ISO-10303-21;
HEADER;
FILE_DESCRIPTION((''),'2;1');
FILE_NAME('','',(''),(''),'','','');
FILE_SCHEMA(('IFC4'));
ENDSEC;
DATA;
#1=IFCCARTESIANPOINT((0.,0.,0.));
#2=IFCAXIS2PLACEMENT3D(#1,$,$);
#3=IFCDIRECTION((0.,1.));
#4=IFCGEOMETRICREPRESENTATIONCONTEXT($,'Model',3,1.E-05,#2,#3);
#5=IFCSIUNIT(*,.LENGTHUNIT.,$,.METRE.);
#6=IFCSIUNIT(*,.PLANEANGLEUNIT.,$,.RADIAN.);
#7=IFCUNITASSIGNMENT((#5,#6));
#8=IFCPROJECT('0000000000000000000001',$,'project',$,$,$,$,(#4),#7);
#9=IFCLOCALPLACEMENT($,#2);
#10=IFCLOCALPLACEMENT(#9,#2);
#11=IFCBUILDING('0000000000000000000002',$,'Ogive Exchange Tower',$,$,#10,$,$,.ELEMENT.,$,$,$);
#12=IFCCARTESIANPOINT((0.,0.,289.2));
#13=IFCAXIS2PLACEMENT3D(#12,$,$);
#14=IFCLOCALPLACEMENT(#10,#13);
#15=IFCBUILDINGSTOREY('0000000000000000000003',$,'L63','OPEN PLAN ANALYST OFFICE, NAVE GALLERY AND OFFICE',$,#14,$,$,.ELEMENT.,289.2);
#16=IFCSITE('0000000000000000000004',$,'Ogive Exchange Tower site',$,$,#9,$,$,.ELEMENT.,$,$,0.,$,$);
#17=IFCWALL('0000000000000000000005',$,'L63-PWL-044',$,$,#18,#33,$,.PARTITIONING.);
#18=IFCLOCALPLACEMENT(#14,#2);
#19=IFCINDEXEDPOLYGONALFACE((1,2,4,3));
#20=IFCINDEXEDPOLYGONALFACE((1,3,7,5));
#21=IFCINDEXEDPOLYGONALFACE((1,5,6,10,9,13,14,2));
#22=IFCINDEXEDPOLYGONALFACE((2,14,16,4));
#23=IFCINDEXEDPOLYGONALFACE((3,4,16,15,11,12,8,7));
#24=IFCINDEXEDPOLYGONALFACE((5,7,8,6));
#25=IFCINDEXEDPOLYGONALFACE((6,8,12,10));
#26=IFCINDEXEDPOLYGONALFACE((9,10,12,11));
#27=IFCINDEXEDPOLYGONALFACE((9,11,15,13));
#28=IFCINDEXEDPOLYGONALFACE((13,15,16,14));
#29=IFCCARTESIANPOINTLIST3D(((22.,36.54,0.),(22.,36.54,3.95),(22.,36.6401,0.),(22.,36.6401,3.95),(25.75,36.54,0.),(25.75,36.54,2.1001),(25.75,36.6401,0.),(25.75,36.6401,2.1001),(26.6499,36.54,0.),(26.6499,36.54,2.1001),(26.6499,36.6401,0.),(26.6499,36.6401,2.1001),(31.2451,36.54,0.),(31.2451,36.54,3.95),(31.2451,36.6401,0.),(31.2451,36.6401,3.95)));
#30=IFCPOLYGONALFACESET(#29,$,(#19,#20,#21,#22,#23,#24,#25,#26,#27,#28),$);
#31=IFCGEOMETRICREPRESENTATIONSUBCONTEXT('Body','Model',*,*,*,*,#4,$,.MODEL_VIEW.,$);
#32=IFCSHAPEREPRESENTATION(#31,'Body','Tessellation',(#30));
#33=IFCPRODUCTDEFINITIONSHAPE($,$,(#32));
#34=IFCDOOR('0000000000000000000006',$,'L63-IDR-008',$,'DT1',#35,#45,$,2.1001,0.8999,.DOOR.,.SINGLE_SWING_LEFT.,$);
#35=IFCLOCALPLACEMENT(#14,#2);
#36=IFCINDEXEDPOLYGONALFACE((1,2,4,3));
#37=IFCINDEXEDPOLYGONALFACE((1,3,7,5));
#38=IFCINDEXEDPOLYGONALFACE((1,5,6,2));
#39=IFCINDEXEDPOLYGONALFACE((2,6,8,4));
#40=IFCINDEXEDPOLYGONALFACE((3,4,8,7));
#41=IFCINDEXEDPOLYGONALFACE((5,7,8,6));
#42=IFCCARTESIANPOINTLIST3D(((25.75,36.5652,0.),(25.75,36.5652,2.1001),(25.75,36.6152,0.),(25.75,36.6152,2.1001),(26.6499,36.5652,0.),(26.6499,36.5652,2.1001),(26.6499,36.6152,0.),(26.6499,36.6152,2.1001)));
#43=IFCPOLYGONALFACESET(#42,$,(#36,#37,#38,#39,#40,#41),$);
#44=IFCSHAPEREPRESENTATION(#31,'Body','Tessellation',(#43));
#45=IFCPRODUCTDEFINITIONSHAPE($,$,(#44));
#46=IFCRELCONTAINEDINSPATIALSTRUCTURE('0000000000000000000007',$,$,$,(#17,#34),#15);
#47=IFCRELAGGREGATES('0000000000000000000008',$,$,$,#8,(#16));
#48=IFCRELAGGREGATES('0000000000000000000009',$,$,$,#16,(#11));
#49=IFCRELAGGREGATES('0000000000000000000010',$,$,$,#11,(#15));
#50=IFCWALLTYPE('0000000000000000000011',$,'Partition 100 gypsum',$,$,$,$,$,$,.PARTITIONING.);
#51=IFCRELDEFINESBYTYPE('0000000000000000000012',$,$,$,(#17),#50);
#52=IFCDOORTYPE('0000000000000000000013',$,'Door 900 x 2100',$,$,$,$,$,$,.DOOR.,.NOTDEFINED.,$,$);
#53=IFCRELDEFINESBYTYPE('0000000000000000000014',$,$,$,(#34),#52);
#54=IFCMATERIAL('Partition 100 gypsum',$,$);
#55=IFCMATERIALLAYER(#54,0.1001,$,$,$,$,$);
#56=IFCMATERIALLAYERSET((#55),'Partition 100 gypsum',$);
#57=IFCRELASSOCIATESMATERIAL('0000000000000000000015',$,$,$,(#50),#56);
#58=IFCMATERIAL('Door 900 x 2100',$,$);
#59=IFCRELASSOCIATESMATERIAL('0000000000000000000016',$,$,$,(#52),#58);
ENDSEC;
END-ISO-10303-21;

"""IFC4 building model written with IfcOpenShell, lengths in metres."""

from ifc_helpers import new_model, si_unit, direction, frame, frame_2d, origin, place, context, subcontext, project, spatial, rectangle, extrude, material, layer, layer_set, type_object, element, fill, save


model = new_model("IFC4")

# Units and contexts
model_context = context("Model", 3, precision=1e-05, world=origin(), true_north=direction((0.0, 1.0)))
body_context = subcontext(model_context, "Body", "Model", "MODEL_VIEW")
ifc_project = project(units=[si_unit("LENGTHUNIT", "METRE"), si_unit("PLANEANGLEUNIT", "RADIAN")], contexts=[model_context])

# Site, building, storey
site_placement = place(None, origin())
site = spatial("IfcSite", under=ifc_project, at=site_placement, Name="Ogive Exchange Tower site", CompositionType="ELEMENT", RefElevation=0.0)
building_placement = place(site_placement, origin())
building = spatial("IfcBuilding", under=site, at=building_placement, Name="Ogive Exchange Tower", CompositionType="ELEMENT")
storey_placement = place(building_placement, frame((0.0, 0.0, 289.2)))
storey = spatial("IfcBuildingStorey", under=building, at=storey_placement, Name="L63", Description="OPEN PLAN ANALYST OFFICE, NAVE GALLERY AND OFFICE", CompositionType="ELEMENT", Elevation=289.2)

# Shared definitions
ifc_material_1 = material(Name="Partition 100 gypsum")
ifc_layer_1 = layer(ifc_material_1, 0.1001)
ifc_layer_set_1 = layer_set([ifc_layer_1], Name="Partition 100 gypsum")
wall_type_1 = type_object("IfcWallType", Name="Partition 100 gypsum", PredefinedType="PARTITIONING", material=ifc_layer_set_1)

# Wall, opening, door
wall_1_placement = place(storey_placement, frame((22.0, 36.5901, 0.0), z_axis=(0.0, 0.0, 1.0), x_axis=(1.0, 0.0, 0.0)))
wall_1 = element("IfcWall", 1, at=wall_1_placement, inside=storey, type_object=wall_type_1, Name="L63-PWL-044", PredefinedType="PARTITIONING", context=body_context, shape_type="SweptSolid", body=[
    extrude(rectangle(XDim=9.2451, YDim=0.1001, at=frame_2d((4.6226, 0.0))), origin(), (0.0, 0.0, 1.0), 3.95),
])
opening_1_placement = place(wall_1_placement, frame((3.75, 0.0, 0.0)))
opening_1 = element("IfcOpeningElement", 2, at=opening_1_placement, cuts=wall_1, PredefinedType="OPENING", context=body_context, shape_type="SweptSolid", body=[
    extrude(rectangle(XDim=0.8999, YDim=2.1001, at=frame_2d((0.45, 1.05))), frame((0.0, 0.0601, 0.0), z_axis=(0.0, -1.0, 0.0), x_axis=(1.0, 0.0, 0.0)), (0.0, 0.0, 1.0), 0.1201),
])
ifc_material_2 = material(Name="Door 900 x 2100")
door_type_1 = type_object("IfcDoorType", Name="Door 900 x 2100", OperationType="NOTDEFINED", PredefinedType="DOOR", material=ifc_material_2)
door_1_placement = place(opening_1_placement, frame((0.8999, 0.0, 0.0), z_axis=(0.0, 0.0, 1.0), x_axis=(-1.0, 0.0, 0.0)))
door_1 = element("IfcDoor", 3, at=door_1_placement, inside=storey, type_object=door_type_1, Name="L63-IDR-008", ObjectType="DT1", OperationType="SINGLE_SWING_LEFT", OverallHeight=2.1001, OverallWidth=0.8999, PredefinedType="DOOR", context=body_context, shape_type="SweptSolid", body=[
    extrude(rectangle(XDim=0.8999, YDim=2.1001, at=frame_2d((0.45, 1.05))), frame((0.0, 0.0249, 0.0), z_axis=(0.0, -1.0, 0.0), x_axis=(1.0, 0.0, 0.0)), (0.0, 0.0, 1.0), 0.05),
])
fill(opening_1, door_1)

save(model, "model.ifc")
